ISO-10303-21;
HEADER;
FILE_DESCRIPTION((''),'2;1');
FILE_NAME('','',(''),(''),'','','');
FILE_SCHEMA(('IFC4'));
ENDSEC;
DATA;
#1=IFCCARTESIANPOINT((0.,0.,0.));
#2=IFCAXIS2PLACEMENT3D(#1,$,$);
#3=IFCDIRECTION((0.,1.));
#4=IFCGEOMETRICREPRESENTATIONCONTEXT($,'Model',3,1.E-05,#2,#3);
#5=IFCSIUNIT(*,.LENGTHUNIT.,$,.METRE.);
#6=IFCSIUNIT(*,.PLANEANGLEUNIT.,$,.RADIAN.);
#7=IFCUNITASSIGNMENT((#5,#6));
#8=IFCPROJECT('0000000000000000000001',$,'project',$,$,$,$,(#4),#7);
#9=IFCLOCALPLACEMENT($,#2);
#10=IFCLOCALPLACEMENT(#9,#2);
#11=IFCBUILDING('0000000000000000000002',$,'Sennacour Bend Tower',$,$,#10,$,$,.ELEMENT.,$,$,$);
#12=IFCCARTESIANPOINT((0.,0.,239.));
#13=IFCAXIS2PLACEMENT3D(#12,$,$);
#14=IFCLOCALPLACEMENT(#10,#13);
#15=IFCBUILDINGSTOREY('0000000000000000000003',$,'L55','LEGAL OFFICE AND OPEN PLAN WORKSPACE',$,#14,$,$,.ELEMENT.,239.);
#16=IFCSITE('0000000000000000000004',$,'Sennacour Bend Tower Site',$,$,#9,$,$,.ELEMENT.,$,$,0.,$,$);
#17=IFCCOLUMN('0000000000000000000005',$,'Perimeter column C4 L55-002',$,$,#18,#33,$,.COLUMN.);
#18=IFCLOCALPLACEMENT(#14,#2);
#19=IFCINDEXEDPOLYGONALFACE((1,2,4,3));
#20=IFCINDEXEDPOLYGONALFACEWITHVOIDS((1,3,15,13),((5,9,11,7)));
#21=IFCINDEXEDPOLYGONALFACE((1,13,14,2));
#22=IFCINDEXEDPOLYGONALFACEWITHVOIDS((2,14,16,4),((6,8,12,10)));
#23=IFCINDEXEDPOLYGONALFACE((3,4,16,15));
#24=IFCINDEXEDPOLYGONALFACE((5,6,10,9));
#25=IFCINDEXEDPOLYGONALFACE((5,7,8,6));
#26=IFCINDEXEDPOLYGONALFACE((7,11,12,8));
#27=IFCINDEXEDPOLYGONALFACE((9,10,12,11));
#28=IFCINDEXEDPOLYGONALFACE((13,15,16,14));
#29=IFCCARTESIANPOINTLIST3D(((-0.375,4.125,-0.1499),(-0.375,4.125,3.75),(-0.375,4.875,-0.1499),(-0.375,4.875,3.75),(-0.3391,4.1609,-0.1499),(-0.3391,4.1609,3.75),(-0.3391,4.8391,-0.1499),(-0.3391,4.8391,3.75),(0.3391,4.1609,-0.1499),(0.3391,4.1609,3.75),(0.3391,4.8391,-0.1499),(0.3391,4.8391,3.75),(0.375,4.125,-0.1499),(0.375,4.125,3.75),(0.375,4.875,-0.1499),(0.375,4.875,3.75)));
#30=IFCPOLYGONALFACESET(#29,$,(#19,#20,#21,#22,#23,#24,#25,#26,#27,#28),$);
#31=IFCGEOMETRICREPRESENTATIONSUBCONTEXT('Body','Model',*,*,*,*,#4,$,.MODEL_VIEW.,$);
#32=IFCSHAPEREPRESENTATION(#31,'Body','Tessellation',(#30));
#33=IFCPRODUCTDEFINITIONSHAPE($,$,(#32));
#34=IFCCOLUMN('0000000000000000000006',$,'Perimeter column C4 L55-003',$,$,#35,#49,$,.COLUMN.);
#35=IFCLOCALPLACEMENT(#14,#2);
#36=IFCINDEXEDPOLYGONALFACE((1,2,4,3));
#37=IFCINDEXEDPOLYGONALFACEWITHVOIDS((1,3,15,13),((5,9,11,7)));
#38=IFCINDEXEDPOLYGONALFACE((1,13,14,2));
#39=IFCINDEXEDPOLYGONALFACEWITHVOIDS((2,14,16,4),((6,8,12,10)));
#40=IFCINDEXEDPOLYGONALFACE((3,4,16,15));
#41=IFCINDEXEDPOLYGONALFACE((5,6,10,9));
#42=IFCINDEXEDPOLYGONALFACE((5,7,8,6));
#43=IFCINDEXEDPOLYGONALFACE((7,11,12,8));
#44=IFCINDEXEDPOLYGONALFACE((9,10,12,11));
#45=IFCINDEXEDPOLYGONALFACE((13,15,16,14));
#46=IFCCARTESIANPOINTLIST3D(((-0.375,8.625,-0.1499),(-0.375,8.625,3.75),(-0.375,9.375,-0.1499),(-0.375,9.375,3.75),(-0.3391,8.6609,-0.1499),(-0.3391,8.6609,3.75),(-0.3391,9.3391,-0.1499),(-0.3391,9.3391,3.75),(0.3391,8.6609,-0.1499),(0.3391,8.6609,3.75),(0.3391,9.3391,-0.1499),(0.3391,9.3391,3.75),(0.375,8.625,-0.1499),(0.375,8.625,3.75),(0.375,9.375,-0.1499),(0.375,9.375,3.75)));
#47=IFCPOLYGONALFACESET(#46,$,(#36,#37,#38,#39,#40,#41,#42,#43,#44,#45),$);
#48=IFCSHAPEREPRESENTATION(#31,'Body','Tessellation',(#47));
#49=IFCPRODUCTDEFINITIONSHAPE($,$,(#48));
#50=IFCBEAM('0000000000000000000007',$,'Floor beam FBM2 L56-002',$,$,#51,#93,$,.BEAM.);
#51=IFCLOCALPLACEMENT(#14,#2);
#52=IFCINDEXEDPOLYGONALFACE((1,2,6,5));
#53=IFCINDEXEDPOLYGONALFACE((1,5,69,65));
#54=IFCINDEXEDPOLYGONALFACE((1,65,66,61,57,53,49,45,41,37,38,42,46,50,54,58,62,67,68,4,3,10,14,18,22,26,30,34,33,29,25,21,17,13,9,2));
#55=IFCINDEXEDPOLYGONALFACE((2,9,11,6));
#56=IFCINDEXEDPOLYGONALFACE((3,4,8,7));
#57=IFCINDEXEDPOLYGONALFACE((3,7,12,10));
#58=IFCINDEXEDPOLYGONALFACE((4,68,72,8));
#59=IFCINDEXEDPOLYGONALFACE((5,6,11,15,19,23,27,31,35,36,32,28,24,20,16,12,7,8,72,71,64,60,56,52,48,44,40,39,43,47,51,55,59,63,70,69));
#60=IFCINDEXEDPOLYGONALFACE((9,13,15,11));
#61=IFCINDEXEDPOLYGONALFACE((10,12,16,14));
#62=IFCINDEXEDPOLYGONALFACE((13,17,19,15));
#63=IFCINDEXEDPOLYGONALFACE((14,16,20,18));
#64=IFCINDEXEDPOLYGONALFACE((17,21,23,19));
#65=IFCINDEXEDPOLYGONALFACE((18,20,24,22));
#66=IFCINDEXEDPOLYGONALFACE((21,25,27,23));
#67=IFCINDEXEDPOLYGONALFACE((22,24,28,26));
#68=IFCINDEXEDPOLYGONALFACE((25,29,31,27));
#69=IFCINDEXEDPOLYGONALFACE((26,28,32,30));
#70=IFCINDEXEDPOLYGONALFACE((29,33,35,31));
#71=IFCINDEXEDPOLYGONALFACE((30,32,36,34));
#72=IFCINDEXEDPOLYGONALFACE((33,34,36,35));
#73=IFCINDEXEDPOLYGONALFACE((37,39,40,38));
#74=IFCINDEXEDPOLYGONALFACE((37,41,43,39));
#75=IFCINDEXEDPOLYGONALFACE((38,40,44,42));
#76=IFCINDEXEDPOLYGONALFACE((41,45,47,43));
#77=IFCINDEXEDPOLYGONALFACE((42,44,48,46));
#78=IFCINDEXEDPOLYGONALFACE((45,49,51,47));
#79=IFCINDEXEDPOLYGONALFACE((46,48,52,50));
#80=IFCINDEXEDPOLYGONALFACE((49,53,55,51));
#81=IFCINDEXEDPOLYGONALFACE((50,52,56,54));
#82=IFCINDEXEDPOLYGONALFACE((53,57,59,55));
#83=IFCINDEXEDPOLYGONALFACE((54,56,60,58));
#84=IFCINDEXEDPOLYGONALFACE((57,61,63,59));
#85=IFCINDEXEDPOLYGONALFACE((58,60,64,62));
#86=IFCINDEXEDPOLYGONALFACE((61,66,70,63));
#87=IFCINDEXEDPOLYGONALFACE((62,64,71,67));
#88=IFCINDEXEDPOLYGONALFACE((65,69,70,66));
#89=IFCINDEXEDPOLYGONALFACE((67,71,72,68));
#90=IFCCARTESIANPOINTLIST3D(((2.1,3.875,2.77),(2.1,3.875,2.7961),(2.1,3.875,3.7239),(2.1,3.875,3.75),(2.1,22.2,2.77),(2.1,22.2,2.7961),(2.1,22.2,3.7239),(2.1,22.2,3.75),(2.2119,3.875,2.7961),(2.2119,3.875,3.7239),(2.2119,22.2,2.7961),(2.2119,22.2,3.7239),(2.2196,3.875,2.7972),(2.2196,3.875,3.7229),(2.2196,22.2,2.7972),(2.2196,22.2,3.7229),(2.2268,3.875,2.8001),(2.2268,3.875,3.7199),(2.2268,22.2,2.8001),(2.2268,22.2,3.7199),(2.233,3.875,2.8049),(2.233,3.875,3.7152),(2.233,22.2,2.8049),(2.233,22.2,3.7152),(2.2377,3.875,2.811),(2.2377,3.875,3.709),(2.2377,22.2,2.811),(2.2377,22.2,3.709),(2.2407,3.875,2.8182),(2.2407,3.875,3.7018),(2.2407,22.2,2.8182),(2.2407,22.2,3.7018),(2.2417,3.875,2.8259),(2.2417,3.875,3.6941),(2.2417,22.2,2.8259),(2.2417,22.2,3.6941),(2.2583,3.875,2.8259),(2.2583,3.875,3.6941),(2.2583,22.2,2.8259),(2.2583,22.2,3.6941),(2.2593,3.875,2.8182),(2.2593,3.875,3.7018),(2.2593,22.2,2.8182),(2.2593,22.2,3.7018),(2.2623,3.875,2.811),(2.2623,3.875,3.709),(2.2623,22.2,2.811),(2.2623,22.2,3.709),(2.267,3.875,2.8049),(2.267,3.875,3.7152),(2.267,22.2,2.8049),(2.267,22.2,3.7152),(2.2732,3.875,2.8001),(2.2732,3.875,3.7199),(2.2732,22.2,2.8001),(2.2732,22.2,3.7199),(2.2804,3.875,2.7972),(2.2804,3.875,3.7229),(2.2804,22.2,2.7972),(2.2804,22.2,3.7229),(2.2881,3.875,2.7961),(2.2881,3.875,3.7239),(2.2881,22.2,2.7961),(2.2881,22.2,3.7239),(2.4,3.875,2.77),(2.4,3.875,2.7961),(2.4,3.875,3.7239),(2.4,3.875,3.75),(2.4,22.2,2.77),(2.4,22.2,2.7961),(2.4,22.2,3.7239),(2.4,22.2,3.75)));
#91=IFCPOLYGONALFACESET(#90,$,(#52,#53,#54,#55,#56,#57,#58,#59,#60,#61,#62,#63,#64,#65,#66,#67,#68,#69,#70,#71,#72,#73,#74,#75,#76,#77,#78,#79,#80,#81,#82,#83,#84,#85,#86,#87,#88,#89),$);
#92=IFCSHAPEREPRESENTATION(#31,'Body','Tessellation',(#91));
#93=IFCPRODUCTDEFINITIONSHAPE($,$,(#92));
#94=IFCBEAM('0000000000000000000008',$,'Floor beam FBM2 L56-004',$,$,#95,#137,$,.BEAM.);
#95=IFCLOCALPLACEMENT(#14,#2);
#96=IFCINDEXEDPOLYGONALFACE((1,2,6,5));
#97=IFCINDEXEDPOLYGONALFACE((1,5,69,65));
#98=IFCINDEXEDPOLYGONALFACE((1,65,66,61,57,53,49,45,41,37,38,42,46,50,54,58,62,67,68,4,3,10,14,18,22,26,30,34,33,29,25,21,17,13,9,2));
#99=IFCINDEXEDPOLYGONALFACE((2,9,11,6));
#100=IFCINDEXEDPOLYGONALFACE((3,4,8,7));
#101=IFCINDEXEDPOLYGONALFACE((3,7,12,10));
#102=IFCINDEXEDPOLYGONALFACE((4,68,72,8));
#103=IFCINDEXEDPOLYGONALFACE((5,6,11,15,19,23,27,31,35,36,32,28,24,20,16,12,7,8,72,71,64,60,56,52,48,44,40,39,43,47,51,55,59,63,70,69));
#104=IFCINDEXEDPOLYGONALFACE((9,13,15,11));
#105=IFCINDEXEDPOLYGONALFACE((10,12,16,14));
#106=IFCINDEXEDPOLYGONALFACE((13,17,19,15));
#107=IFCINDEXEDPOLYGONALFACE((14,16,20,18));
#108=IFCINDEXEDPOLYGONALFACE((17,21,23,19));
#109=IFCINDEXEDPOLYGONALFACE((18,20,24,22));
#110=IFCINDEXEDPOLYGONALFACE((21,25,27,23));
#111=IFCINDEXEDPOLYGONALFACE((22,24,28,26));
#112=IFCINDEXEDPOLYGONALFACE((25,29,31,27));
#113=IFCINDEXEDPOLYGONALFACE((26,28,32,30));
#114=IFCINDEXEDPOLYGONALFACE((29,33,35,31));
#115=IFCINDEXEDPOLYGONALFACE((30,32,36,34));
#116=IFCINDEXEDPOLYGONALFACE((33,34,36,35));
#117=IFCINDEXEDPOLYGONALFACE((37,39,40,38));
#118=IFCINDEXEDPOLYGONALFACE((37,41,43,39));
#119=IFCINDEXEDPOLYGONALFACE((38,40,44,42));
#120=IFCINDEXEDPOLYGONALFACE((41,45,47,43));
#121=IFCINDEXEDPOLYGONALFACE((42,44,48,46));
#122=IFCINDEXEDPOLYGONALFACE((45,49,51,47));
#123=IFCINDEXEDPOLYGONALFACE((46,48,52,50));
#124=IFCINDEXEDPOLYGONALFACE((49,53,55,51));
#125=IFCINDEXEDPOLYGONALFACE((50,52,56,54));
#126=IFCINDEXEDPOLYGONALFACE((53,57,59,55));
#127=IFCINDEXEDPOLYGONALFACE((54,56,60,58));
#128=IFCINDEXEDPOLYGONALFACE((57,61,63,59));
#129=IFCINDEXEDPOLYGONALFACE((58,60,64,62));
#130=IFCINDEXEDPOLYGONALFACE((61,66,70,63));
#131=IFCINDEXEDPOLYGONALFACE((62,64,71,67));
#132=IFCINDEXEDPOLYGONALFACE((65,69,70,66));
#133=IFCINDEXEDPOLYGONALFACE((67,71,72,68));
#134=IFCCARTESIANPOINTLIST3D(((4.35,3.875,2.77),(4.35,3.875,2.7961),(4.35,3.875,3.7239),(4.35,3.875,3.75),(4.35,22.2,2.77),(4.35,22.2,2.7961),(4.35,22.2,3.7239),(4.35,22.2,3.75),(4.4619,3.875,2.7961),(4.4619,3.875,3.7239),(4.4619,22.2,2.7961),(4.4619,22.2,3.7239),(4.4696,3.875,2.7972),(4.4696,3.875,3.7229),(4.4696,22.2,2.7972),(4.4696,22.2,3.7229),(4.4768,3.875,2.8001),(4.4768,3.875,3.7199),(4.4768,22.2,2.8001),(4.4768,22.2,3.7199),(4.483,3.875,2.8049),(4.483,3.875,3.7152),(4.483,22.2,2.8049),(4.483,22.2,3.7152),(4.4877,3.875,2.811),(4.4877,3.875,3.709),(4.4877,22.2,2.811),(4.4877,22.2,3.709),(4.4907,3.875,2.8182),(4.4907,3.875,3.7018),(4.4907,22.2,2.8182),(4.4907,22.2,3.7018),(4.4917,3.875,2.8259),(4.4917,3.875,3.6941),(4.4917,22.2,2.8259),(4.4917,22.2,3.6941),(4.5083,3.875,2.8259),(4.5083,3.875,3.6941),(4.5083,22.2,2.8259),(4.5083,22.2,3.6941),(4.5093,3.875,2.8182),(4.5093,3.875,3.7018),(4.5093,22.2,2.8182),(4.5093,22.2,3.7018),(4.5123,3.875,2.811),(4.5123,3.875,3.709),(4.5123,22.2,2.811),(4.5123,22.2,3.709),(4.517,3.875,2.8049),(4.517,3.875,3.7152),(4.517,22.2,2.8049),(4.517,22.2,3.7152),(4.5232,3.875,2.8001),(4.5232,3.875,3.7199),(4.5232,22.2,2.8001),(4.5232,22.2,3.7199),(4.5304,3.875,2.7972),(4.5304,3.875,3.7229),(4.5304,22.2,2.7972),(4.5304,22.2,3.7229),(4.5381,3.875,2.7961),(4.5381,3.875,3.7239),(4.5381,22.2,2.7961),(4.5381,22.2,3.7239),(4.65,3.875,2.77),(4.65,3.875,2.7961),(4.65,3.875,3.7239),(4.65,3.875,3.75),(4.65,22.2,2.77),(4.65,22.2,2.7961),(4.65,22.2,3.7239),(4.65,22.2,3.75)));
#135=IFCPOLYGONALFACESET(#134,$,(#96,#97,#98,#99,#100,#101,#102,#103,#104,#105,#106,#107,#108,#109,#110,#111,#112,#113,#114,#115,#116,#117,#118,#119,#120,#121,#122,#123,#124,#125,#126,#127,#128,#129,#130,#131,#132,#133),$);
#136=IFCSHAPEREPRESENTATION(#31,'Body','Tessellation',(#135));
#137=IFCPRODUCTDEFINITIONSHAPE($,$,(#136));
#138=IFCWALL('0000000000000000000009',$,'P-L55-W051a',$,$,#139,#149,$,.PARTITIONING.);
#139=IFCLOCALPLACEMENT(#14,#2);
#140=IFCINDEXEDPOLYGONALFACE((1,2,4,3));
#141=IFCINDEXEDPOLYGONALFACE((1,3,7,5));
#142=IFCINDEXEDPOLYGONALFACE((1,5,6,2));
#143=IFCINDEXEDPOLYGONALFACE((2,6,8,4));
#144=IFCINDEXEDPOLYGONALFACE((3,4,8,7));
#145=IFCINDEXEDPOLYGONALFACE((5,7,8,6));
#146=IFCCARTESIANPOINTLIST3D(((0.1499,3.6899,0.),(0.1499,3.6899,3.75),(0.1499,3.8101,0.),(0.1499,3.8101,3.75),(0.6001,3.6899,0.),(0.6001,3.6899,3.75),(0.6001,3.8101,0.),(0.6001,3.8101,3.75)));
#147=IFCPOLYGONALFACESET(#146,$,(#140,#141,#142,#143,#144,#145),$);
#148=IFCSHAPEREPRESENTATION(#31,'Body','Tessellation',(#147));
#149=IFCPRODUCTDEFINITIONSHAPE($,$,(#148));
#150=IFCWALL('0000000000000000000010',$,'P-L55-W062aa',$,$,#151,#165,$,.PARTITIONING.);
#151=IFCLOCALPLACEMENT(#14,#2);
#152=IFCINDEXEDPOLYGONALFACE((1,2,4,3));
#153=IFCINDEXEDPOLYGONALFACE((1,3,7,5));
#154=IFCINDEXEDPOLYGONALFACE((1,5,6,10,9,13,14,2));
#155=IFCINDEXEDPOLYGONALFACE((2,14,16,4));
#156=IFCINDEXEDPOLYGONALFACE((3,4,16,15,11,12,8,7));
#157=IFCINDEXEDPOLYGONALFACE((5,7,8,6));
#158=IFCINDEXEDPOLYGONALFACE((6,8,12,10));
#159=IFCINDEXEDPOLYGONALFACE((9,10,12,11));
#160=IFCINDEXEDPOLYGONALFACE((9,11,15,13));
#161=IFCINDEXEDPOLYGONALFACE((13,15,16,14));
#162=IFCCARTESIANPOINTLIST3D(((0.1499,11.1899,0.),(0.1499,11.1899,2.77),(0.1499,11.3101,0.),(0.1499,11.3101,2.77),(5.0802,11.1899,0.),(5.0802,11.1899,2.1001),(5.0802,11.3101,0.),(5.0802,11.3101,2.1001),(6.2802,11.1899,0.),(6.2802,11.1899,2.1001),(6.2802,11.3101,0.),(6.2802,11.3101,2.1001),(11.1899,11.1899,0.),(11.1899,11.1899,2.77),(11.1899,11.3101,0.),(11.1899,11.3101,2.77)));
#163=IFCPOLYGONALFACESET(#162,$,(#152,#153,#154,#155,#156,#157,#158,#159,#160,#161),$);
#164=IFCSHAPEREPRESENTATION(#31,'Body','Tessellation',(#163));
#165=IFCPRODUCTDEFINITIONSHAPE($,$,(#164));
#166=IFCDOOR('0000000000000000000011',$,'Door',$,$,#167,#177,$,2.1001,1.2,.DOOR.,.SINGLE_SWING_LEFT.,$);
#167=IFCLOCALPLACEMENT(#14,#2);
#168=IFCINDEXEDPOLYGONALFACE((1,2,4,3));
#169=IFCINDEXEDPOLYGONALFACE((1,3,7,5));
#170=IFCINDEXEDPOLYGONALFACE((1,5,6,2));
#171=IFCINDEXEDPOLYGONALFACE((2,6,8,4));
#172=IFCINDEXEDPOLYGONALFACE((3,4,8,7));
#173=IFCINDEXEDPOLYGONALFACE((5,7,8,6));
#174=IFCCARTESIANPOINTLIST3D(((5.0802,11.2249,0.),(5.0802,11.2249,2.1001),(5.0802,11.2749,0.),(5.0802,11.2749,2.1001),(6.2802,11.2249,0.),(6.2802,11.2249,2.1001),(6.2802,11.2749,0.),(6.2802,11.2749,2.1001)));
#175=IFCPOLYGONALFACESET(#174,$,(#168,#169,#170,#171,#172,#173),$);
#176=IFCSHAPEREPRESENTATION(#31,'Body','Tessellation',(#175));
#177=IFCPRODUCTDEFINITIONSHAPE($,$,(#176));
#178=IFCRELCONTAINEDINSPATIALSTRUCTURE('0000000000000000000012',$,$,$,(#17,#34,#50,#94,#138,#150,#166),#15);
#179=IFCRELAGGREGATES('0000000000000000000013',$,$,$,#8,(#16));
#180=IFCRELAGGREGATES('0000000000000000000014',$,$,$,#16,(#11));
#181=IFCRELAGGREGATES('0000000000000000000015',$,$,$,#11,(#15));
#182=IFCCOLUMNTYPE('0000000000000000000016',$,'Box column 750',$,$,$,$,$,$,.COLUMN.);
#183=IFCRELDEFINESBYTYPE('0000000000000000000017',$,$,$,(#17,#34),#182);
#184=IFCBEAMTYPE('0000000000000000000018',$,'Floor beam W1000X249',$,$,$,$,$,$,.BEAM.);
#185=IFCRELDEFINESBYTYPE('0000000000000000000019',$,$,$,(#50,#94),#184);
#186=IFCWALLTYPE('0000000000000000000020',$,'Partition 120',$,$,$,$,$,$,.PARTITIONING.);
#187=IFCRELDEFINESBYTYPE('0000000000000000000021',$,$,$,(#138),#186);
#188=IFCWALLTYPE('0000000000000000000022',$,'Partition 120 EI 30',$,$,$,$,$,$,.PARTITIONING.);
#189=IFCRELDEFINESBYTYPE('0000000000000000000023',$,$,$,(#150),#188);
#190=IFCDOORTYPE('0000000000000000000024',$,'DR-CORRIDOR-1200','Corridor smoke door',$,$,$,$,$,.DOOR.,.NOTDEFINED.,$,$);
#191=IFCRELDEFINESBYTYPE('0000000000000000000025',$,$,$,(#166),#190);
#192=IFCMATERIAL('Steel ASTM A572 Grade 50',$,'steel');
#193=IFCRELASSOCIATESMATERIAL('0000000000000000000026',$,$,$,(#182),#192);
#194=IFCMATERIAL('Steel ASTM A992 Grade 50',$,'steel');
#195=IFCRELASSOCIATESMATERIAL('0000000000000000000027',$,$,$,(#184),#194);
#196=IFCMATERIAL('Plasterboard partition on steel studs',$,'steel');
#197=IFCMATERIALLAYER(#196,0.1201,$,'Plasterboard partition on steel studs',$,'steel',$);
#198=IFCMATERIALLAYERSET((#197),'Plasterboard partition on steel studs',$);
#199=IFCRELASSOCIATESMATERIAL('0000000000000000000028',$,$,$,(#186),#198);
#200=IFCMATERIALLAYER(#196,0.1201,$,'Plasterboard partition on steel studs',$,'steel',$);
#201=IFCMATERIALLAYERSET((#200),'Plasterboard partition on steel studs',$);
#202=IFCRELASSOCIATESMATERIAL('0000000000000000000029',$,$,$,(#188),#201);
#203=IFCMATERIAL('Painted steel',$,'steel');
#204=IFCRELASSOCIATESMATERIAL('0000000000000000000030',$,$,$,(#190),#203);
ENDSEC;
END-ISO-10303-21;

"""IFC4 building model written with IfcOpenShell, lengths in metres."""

from ifc_helpers import new_model, si_unit, direction, frame, frame_2d, origin, origin_2d, place, context, subcontext, project, spatial, rectangle, hollow_rectangle, i_section, extrude, material, layer, layer_set, material_profile, profile_set, type_object, element, fill, save


model = new_model("IFC4")

# Units and contexts
model_context = context("Model", 3, precision=1e-05, world=origin(), true_north=direction((0.0, 1.0)))
body_context = subcontext(model_context, "Body", "Model", "MODEL_VIEW")
ifc_project = project(units=[si_unit("LENGTHUNIT", "METRE"), si_unit("PLANEANGLEUNIT", "RADIAN")], contexts=[model_context])

# Site, building, storey
site_placement = place(None, origin())
site = spatial("IfcSite", under=ifc_project, at=site_placement, Name="Sennacour Bend Tower Site", CompositionType="ELEMENT", RefElevation=0.0)
building_placement = place(site_placement, origin())
building = spatial("IfcBuilding", under=site, at=building_placement, Name="Sennacour Bend Tower", CompositionType="ELEMENT")
storey_placement = place(building_placement, frame((0.0, 0.0, 239.0)))
storey = spatial("IfcBuildingStorey", under=building, at=storey_placement, Name="L55", Description="LEGAL OFFICE AND OPEN PLAN WORKSPACE", CompositionType="ELEMENT", Elevation=239.0)

# Columns
ifc_material_1 = material(Name="Steel ASTM A572 Grade 50", Category="steel")
ifc_material_profile_1 = material_profile(ifc_material_1, hollow_rectangle(XDim=0.75, YDim=0.75, WallThickness=0.0359, at=origin_2d()), Name="Steel ASTM A572 Grade 50", Category="steel")
ifc_profile_set_1 = profile_set([ifc_material_profile_1], Name="Steel ASTM A572 Grade 50")
column_type = type_object("IfcColumnType", Name="Box column 750", PredefinedType="COLUMN", material=ifc_profile_set_1)
for number, where, z_axis, x_axis, name in (
    (1, (0.0, 4.5, -0.1499), (0.0, 0.0, 1.0), (1.0, 0.0, 0.0), "Perimeter column C4 L55-002"),
    (2, (0.0, 9.0, -0.1499), (0.0, 0.0, 1.0), (1.0, 0.0, 0.0), "Perimeter column C4 L55-003"),
):
    element("IfcColumn", number, at=place(storey_placement, frame(where, z_axis=z_axis, x_axis=x_axis)), inside=storey, type_object=column_type, Name=name, PredefinedType="COLUMN", context=body_context, shape_type="SweptSolid", body=[
        extrude(hollow_rectangle(XDim=0.75, YDim=0.75, WallThickness=0.0359, at=origin_2d()), origin(), (0.0, 0.0, 1.0), 3.8999),
    ])

# Beams
ifc_material_2 = material(Name="Steel ASTM A992 Grade 50", Category="steel")
ifc_material_profile_2 = material_profile(ifc_material_2, i_section(OverallWidth=0.3, OverallDepth=0.98, WebThickness=0.0166, FlangeThickness=0.0261, FilletRadius=0.0298, at=origin_2d()), Name="Steel ASTM A992 Grade 50", Category="steel")
ifc_profile_set_2 = profile_set([ifc_material_profile_2], Name="Steel ASTM A992 Grade 50")
beam_type = type_object("IfcBeamType", Name="Floor beam W1000X249", PredefinedType="BEAM", material=ifc_profile_set_2)
for number, where, z_axis, x_axis, name in (
    (3, (2.25, 3.875, 3.26), (0.0, 1.0, 0.0), (-1.0, 0.0, 0.0), "Floor beam FBM2 L56-002"),
    (4, (4.5, 3.875, 3.26), (0.0, 1.0, 0.0), (-1.0, 0.0, 0.0), "Floor beam FBM2 L56-004"),
):
    element("IfcBeam", number, at=place(storey_placement, frame(where, z_axis=z_axis, x_axis=x_axis)), inside=storey, type_object=beam_type, Name=name, PredefinedType="BEAM", context=body_context, shape_type="SweptSolid", body=[
        extrude(i_section(OverallWidth=0.3, OverallDepth=0.98, WebThickness=0.0166, FlangeThickness=0.0261, FilletRadius=0.0298, at=origin_2d()), origin(), (0.0, 0.0, 1.0), 18.325),
    ])

# Wall
ifc_material_3 = material(Name="Plasterboard partition on steel studs", Category="steel")
ifc_layer_1 = layer(ifc_material_3, 0.1201, Name="Plasterboard partition on steel studs", Category="steel")
ifc_layer_set_1 = layer_set([ifc_layer_1], Name="Plasterboard partition on steel studs")
wall_type_1 = type_object("IfcWallType", Name="Partition 120", PredefinedType="PARTITIONING", material=ifc_layer_set_1)
wall_1_placement = place(storey_placement, frame((0.1499, 3.75, 0.0), z_axis=(0.0, 0.0, 1.0), x_axis=(1.0, 0.0, 0.0)))
element("IfcWall", 5, at=wall_1_placement, inside=storey, type_object=wall_type_1, Name="P-L55-W051a", PredefinedType="PARTITIONING", context=body_context, shape_type="SweptSolid", body=[
    extrude(rectangle(XDim=0.4502, YDim=0.1201, at=frame_2d((0.2251, 0.0))), origin(), (0.0, 0.0, 1.0), 3.75),
])

# Wall, opening, door
ifc_layer_2 = layer(ifc_material_3, 0.1201, Name="Plasterboard partition on steel studs", Category="steel")
ifc_layer_set_2 = layer_set([ifc_layer_2], Name="Plasterboard partition on steel studs")
wall_type_2 = type_object("IfcWallType", Name="Partition 120 EI 30", PredefinedType="PARTITIONING", material=ifc_layer_set_2)
wall_2_placement = place(storey_placement, frame((0.1499, 11.25, 0.0), z_axis=(0.0, 0.0, 1.0), x_axis=(1.0, 0.0, 0.0)))
wall_2 = element("IfcWall", 6, at=wall_2_placement, inside=storey, type_object=wall_type_2, Name="P-L55-W062aa", PredefinedType="PARTITIONING", context=body_context, shape_type="SweptSolid", body=[
    extrude(rectangle(XDim=11.04, YDim=0.1201, at=frame_2d((5.52, 0.0))), origin(), (0.0, 0.0, 1.0), 2.77),
])
opening_1_placement = place(wall_2_placement, frame((4.9302, 0.0, 0.0)))
opening_1 = element("IfcOpeningElement", 7, at=opening_1_placement, cuts=wall_2, PredefinedType="OPENING", context=body_context, shape_type="SweptSolid", body=[
    extrude(rectangle(XDim=1.2, YDim=2.1001, at=frame_2d((0.6001, 1.05))), frame((0.0, 0.0701, 0.0), z_axis=(0.0, -1.0, 0.0), x_axis=(1.0, 0.0, 0.0)), (0.0, 0.0, 1.0), 0.1401),
])
ifc_material_4 = material(Name="Painted steel", Category="steel")
door_type_1 = type_object("IfcDoorType", Name="DR-CORRIDOR-1200", Description="Corridor smoke door", OperationType="NOTDEFINED", PredefinedType="DOOR", material=ifc_material_4)
door_1_placement = place(opening_1_placement, origin())
door_1 = element("IfcDoor", 8, at=door_1_placement, inside=storey, type_object=door_type_1, Name="Door", OperationType="SINGLE_SWING_LEFT", OverallHeight=2.1001, OverallWidth=1.2, PredefinedType="DOOR", context=body_context, shape_type="SweptSolid", body=[
    extrude(rectangle(XDim=1.2, YDim=2.1001, at=frame_2d((0.6001, 1.05))), frame((0.0, 0.0249, 0.0), z_axis=(0.0, -1.0, 0.0), x_axis=(1.0, 0.0, 0.0)), (0.0, 0.0, 1.0), 0.05),
])
fill(opening_1, door_1)

save(model, "model.ifc")
